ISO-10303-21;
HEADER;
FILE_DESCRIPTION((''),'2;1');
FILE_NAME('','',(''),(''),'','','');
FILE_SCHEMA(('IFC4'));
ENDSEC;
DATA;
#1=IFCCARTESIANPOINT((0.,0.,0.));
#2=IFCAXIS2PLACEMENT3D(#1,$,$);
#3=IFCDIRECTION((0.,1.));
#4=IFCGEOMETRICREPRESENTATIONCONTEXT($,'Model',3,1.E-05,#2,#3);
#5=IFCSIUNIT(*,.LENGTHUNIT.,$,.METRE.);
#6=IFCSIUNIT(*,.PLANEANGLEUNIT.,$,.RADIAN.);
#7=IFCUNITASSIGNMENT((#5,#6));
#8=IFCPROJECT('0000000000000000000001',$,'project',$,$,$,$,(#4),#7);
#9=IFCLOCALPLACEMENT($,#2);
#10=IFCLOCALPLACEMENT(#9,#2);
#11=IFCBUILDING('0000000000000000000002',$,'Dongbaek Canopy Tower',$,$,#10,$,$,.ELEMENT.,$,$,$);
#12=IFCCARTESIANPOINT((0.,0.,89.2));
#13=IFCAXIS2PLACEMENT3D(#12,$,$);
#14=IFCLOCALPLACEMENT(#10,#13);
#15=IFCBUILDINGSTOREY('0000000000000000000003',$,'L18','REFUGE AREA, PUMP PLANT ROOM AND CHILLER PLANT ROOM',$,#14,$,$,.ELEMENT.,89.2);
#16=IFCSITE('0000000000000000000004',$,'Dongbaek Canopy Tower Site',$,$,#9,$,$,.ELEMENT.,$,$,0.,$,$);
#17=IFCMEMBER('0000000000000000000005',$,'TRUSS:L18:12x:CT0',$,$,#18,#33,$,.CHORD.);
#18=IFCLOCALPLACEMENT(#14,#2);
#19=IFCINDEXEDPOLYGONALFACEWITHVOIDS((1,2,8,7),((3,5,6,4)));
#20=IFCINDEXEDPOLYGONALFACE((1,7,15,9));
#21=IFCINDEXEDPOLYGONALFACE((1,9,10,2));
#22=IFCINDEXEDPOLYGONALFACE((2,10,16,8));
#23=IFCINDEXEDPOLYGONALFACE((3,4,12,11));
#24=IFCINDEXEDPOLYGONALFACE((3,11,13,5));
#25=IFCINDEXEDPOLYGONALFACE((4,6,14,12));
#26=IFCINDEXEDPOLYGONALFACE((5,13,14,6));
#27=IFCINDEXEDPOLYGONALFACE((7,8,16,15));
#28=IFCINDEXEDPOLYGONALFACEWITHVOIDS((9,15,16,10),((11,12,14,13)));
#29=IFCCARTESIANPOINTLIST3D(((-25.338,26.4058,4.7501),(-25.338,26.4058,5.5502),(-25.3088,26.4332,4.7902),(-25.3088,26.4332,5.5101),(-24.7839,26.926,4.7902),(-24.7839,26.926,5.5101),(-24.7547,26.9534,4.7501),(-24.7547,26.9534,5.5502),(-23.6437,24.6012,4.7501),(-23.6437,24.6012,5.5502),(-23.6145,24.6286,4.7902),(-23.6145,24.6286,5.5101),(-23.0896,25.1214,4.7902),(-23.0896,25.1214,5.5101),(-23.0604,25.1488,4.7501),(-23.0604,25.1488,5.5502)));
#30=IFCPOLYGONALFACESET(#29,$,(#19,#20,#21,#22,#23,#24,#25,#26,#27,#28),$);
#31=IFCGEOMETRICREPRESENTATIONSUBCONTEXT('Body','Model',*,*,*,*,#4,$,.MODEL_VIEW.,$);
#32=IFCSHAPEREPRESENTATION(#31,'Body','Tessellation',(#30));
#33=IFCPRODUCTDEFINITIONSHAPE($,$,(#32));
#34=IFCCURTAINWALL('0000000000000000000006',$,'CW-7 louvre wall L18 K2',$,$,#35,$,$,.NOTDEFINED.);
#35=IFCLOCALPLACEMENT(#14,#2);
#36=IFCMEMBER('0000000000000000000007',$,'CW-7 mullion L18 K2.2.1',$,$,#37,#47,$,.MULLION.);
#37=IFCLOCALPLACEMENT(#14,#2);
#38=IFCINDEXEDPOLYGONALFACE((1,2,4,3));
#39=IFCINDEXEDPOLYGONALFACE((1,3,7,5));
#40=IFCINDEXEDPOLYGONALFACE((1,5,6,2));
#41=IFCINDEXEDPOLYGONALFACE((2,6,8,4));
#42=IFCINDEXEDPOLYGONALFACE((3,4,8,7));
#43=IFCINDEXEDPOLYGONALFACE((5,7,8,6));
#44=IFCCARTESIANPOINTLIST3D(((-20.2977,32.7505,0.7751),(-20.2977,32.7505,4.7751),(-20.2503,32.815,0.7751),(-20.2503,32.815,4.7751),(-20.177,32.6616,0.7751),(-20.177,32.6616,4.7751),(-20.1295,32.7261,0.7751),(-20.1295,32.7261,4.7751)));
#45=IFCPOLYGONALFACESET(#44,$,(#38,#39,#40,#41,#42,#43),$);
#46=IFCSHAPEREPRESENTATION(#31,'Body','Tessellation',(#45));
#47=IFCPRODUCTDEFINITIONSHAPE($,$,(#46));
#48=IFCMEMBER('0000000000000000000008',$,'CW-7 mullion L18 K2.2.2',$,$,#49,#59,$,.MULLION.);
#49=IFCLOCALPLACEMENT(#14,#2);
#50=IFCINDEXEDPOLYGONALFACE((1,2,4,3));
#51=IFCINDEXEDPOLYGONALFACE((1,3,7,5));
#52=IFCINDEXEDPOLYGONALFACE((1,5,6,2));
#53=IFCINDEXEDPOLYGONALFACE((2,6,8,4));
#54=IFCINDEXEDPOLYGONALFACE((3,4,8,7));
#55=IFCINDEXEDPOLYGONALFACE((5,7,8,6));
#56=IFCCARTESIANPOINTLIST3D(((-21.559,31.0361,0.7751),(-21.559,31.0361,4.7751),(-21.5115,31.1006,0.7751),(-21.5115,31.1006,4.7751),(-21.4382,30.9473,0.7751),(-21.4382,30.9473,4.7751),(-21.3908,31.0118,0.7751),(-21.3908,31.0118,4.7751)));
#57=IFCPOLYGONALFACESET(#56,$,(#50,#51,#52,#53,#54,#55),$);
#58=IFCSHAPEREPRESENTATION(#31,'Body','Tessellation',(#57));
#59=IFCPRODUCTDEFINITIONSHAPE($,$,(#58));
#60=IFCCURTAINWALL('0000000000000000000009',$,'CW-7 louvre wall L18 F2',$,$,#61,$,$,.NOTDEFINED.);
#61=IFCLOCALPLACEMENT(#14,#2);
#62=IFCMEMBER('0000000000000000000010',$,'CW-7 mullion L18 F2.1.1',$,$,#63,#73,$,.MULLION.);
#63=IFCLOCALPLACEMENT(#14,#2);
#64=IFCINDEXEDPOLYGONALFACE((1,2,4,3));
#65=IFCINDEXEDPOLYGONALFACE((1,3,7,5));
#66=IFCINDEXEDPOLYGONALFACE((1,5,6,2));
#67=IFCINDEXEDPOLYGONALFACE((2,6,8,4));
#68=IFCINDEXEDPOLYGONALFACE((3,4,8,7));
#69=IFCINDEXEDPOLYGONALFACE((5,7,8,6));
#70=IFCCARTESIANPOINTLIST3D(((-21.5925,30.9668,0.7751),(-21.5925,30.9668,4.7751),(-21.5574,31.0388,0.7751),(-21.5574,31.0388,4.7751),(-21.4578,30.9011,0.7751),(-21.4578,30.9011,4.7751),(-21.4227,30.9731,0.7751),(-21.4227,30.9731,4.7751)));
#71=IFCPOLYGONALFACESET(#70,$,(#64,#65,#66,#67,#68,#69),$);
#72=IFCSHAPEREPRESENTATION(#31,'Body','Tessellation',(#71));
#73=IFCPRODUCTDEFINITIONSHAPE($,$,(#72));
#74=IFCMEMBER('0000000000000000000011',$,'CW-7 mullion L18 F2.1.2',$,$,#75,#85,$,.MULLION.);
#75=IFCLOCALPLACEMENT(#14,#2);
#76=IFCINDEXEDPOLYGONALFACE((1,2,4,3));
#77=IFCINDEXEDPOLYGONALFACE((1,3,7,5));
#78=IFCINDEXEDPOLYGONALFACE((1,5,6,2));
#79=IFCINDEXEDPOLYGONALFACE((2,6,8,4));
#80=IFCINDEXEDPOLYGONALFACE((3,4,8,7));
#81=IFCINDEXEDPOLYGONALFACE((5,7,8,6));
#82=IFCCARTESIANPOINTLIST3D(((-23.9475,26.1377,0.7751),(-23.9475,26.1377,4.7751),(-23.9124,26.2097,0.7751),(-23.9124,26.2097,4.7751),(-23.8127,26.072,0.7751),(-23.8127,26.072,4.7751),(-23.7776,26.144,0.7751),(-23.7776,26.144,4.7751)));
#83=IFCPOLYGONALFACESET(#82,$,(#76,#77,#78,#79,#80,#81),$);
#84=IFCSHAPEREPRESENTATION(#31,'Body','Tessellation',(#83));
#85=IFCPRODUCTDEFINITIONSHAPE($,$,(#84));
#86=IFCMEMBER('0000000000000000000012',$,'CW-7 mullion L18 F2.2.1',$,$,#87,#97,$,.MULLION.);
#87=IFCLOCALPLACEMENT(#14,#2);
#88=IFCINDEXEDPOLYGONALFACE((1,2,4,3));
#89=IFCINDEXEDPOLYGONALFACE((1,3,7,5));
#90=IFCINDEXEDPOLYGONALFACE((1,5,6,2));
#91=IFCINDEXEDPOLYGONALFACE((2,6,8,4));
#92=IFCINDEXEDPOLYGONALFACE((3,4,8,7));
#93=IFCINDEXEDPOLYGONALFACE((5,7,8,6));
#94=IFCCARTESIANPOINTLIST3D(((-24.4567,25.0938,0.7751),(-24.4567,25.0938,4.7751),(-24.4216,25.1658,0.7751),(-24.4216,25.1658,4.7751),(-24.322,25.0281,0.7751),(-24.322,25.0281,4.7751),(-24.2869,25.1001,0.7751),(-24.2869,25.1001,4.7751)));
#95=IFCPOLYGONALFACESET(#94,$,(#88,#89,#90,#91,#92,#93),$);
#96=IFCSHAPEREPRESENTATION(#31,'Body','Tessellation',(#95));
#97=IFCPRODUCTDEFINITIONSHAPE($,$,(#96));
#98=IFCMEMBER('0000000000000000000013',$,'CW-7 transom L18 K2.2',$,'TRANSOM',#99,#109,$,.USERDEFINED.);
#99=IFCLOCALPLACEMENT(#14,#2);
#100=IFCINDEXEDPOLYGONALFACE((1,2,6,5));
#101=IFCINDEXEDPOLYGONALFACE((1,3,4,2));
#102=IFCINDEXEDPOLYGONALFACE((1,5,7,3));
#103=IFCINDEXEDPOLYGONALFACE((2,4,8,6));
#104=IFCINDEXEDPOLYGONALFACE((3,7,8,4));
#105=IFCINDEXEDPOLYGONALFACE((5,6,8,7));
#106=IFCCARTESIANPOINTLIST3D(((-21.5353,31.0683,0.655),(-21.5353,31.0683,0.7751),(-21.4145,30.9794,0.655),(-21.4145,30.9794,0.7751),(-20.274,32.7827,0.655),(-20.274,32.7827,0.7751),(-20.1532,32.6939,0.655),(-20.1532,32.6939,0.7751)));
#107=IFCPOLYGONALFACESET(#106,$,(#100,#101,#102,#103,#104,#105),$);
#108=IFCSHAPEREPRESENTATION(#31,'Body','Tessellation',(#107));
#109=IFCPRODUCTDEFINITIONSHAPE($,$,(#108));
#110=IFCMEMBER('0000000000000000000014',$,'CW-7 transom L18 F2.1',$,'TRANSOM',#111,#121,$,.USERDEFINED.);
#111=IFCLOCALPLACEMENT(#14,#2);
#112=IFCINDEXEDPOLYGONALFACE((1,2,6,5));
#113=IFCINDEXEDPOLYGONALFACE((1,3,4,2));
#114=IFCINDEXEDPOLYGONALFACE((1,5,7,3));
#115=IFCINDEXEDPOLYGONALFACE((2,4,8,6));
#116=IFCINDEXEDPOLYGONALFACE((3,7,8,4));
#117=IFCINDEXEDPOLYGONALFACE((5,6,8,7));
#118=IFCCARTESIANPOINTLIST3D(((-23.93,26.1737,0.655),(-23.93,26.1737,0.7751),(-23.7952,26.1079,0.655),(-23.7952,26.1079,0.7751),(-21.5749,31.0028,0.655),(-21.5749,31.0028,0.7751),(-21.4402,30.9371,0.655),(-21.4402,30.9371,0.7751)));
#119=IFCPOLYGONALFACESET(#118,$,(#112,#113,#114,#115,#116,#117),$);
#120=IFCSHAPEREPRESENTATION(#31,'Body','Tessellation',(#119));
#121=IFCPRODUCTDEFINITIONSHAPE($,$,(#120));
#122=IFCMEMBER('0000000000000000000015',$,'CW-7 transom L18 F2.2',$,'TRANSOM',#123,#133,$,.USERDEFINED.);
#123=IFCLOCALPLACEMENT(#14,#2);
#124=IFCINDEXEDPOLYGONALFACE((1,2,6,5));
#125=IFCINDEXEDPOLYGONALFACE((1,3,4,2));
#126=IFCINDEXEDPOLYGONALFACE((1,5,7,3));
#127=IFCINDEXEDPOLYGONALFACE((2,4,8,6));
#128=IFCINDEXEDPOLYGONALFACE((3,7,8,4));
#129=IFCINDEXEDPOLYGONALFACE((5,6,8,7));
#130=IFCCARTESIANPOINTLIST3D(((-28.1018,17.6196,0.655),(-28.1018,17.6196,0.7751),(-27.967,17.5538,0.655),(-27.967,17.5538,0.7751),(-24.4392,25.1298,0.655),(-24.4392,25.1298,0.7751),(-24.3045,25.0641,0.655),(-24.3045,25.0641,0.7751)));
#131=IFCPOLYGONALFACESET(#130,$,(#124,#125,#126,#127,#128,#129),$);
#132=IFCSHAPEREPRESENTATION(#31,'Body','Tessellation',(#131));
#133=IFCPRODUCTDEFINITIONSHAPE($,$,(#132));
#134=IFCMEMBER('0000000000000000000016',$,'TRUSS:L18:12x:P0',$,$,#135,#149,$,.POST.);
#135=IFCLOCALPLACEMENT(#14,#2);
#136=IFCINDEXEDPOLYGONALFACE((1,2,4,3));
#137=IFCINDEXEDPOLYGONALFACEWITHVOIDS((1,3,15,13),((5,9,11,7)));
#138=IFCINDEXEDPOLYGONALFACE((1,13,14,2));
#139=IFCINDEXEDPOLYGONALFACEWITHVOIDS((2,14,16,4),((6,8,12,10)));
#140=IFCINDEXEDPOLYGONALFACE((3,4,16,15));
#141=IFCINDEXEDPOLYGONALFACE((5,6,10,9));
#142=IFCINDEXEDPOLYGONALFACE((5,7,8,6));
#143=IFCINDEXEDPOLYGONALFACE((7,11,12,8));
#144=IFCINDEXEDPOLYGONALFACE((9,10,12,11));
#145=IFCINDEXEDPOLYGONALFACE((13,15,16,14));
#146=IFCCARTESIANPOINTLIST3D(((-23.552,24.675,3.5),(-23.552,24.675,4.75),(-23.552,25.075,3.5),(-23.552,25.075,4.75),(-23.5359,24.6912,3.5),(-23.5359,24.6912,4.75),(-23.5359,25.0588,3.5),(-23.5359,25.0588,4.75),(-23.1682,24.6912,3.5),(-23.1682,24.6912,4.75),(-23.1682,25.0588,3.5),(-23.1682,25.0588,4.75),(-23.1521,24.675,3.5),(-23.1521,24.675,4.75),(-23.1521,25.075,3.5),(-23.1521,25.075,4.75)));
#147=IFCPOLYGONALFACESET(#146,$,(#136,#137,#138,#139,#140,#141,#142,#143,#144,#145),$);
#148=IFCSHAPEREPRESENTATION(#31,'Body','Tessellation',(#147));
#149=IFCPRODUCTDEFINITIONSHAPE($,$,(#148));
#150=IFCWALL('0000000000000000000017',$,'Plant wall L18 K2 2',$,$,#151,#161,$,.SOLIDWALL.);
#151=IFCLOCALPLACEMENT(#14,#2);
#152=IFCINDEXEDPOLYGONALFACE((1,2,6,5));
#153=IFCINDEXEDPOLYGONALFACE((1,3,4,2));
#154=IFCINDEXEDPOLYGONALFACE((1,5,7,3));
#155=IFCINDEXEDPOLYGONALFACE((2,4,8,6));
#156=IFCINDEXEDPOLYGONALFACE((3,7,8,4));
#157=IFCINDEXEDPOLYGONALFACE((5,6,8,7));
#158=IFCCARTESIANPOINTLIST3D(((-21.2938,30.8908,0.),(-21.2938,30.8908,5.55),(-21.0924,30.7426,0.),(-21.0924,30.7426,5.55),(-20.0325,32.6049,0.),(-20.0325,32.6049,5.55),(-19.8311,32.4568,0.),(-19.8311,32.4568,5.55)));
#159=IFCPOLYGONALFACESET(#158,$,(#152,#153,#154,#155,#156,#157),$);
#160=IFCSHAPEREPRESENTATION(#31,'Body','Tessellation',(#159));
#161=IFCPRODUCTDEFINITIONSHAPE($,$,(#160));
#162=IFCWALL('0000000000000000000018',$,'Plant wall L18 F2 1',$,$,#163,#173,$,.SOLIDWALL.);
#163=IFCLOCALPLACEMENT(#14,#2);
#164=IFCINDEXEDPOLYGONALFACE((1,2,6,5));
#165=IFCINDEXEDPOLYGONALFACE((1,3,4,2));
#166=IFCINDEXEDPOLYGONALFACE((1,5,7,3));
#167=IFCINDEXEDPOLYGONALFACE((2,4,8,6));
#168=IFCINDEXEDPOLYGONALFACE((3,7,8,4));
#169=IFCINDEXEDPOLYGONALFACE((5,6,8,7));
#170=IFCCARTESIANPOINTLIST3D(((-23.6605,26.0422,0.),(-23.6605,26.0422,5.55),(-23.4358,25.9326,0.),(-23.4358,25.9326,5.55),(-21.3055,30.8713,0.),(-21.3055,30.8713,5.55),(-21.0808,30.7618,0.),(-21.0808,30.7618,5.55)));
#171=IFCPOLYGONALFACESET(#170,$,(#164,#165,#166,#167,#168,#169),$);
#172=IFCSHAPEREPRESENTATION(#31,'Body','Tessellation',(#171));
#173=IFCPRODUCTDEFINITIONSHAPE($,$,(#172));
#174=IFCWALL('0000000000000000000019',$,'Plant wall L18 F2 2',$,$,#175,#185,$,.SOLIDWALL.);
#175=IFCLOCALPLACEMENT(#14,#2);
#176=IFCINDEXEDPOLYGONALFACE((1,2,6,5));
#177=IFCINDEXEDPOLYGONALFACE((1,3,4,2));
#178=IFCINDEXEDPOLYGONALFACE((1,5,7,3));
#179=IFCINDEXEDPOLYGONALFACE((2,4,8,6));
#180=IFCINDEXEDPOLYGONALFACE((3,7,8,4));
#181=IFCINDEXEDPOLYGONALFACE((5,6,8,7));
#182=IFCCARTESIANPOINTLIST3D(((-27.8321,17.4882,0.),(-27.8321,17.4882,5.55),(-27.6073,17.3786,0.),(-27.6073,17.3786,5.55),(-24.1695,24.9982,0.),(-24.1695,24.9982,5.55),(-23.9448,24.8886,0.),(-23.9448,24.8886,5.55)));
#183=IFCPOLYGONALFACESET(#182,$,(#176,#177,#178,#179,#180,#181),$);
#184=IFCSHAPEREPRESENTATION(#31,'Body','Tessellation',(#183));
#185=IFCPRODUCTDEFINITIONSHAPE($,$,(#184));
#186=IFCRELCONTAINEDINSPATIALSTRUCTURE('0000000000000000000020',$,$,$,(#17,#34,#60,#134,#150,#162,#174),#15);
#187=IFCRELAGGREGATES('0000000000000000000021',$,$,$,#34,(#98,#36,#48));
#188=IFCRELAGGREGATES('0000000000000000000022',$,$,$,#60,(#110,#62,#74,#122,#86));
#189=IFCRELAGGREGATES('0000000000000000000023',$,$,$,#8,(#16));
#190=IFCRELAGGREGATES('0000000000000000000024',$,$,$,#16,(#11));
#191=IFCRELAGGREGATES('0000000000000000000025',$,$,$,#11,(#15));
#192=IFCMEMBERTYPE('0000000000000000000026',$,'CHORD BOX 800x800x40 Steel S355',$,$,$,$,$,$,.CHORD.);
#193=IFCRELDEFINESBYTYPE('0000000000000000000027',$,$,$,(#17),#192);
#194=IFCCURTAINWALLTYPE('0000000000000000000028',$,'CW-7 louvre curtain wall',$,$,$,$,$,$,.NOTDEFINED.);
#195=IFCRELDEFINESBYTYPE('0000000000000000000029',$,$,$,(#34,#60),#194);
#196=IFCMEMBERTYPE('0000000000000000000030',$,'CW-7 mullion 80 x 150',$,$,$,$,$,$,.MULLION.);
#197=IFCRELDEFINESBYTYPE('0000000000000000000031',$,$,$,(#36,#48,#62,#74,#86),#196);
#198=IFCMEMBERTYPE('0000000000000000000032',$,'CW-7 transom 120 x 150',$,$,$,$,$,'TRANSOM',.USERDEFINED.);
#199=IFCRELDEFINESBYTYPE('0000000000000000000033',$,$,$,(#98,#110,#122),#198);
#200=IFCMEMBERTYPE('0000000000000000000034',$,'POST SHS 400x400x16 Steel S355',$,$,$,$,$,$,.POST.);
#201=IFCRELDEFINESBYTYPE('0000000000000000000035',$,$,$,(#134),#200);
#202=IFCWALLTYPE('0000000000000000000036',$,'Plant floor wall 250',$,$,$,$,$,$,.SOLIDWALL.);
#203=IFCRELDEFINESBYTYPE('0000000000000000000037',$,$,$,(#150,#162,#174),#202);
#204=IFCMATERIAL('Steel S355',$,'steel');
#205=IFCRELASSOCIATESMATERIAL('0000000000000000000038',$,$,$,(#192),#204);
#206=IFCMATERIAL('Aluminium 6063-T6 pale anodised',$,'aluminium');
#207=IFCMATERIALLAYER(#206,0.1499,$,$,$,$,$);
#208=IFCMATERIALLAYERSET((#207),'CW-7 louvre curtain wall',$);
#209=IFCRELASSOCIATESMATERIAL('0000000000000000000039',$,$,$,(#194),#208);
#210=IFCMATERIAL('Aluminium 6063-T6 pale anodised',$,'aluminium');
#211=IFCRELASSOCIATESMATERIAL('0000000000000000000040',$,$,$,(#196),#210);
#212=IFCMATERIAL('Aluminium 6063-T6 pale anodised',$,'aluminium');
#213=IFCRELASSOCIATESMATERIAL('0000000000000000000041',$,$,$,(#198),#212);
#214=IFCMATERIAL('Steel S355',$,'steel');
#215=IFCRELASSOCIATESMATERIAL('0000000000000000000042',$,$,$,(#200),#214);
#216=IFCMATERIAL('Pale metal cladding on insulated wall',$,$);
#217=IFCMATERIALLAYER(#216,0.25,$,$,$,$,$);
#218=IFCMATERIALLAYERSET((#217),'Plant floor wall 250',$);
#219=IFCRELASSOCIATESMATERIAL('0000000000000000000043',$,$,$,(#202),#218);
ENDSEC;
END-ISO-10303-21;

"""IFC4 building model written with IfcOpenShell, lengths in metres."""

from ifc_helpers import new_model, si_unit, direction, frame, frame_2d, origin, origin_2d, place, context, subcontext, project, spatial, rectangle, hollow_rectangle, extrude, material, layer, layer_set, material_profile, profile_set, type_object, element, aggregate, save


model = new_model("IFC4")

# Units and contexts
model_context = context("Model", 3, precision=1e-05, world=origin(), true_north=direction((0.0, 1.0)))
body_context = subcontext(model_context, "Body", "Model", "MODEL_VIEW")
ifc_project = project(units=[si_unit("LENGTHUNIT", "METRE"), si_unit("PLANEANGLEUNIT", "RADIAN")], contexts=[model_context])

# Site, building, storey
site_placement = place(None, origin())
site = spatial("IfcSite", under=ifc_project, at=site_placement, Name="Dongbaek Canopy Tower Site", CompositionType="ELEMENT", RefElevation=0.0)
building_placement = place(site_placement, origin())
building = spatial("IfcBuilding", under=site, at=building_placement, Name="Dongbaek Canopy Tower", CompositionType="ELEMENT")
storey_placement = place(building_placement, frame((0.0, 0.0, 89.2)))
storey = spatial("IfcBuildingStorey", under=building, at=storey_placement, Name="L18", Description="REFUGE AREA, PUMP PLANT ROOM AND CHILLER PLANT ROOM", CompositionType="ELEMENT", Elevation=89.2)

# Member
ifc_material_1 = material(Name="Steel S355", Category="steel")
ifc_material_profile_1 = material_profile(ifc_material_1, hollow_rectangle(XDim=0.8, YDim=0.8, WallThickness=0.04, at=origin_2d()), Name="CHORD BOX 800x800x40 Steel S355")
ifc_profile_set_1 = profile_set([ifc_material_profile_1], Name="Steel S355")
member_type_1 = type_object("IfcMemberType", Name="CHORD BOX 800x800x40 Steel S355", PredefinedType="CHORD", material=ifc_profile_set_1)
member_1_placement = place(storey_placement, frame((-23.3521, 24.875, 5.1501), z_axis=(-0.684466, 0.729045, 0.0), x_axis=(-0.729045, -0.684466, 0.0)))
element("IfcMember", 1, at=member_1_placement, inside=storey, type_object=member_type_1, Name="TRUSS:L18:12x:CT0", PredefinedType="CHORD", context=body_context, shape_type="SweptSolid", body=[
    extrude(hollow_rectangle(XDim=0.8, YDim=0.8, WallThickness=0.04, at=origin_2d()), origin(), (0.0, 0.0, 1.0), 2.4753),
])

# Curtain walls, members
ifc_material_2 = material(Name="Aluminium 6063-T6 pale anodised", Category="aluminium")
ifc_layer_1 = layer(ifc_material_2, 0.1499)
ifc_layer_set_1 = layer_set([ifc_layer_1], Name="CW-7 louvre curtain wall")
curtain_wall_type = type_object("IfcCurtainWallType", Name="CW-7 louvre curtain wall", PredefinedType="NOTDEFINED", material=ifc_layer_set_1)
curtain_wall_1_placement = place(storey_placement, origin())
curtain_wall_1 = element("IfcCurtainWall", 2, at=curtain_wall_1_placement, inside=storey, type_object=curtain_wall_type, Name="CW-7 louvre wall L18 K2", PredefinedType="NOTDEFINED")
ifc_material_3 = material(Name="Aluminium 6063-T6 pale anodised", Category="aluminium")
ifc_material_profile_2 = material_profile(ifc_material_3, rectangle(XDim=0.1499, YDim=0.0801, at=origin_2d()), Name="CW-7 mullion 80 x 150")
ifc_profile_set_2 = profile_set([ifc_material_profile_2], Name="Aluminium 6063-T6 pale anodised")
member_type_2 = type_object("IfcMemberType", Name="CW-7 mullion 80 x 150", PredefinedType="MULLION", material=ifc_profile_set_2)
member_2_placement = place(storey_placement, frame((-20.2136, 32.7383, 0.7751), z_axis=(0.0, 0.0, 1.0), x_axis=(-0.805463, 0.592645, 0.0)))
member_2 = element("IfcMember", 3, at=member_2_placement, type_object=member_type_2, Name="CW-7 mullion L18 K2.2.1", PredefinedType="MULLION", context=body_context, shape_type="SweptSolid", body=[
    extrude(rectangle(XDim=0.1499, YDim=0.0801, at=origin_2d()), origin(), (0.0, 0.0, 1.0), 4.0),
])
member_3_placement = place(storey_placement, frame((-21.4749, 31.0239, 0.7751), z_axis=(0.0, 0.0, 1.0), x_axis=(-0.805463, 0.592645, 0.0)))
member_3 = element("IfcMember", 4, at=member_3_placement, type_object=member_type_2, Name="CW-7 mullion L18 K2.2.2", PredefinedType="MULLION", context=body_context, shape_type="SweptSolid", body=[
    extrude(rectangle(XDim=0.1499, YDim=0.0801, at=origin_2d()), origin(), (0.0, 0.0, 1.0), 4.0),
])
curtain_wall_2_placement = place(storey_placement, origin())
curtain_wall_2 = element("IfcCurtainWall", 5, at=curtain_wall_2_placement, inside=storey, type_object=curtain_wall_type, Name="CW-7 louvre wall L18 F2", PredefinedType="NOTDEFINED")
member_4_placement = place(storey_placement, frame((-21.5076, 30.97, 0.7751), z_axis=(0.0, 0.0, 1.0), x_axis=(-0.898815, 0.438328, 0.0)))
member_4 = element("IfcMember", 6, at=member_4_placement, type_object=member_type_2, Name="CW-7 mullion L18 F2.1.1", PredefinedType="MULLION", context=body_context, shape_type="SweptSolid", body=[
    extrude(rectangle(XDim=0.1499, YDim=0.0801, at=origin_2d()), origin(), (0.0, 0.0, 1.0), 4.0),
])
member_5_placement = place(storey_placement, frame((-23.8625, 26.1409, 0.7751), z_axis=(0.0, 0.0, 1.0), x_axis=(-0.898815, 0.438328, 0.0)))
member_5 = element("IfcMember", 7, at=member_5_placement, type_object=member_type_2, Name="CW-7 mullion L18 F2.1.2", PredefinedType="MULLION", context=body_context, shape_type="SweptSolid", body=[
    extrude(rectangle(XDim=0.1499, YDim=0.0801, at=origin_2d()), origin(), (0.0, 0.0, 1.0), 4.0),
])
member_6_placement = place(storey_placement, frame((-24.3718, 25.0969, 0.7751), z_axis=(0.0, 0.0, 1.0), x_axis=(-0.898815, 0.438328, 0.0)))
member_6 = element("IfcMember", 8, at=member_6_placement, type_object=member_type_2, Name="CW-7 mullion L18 F2.2.1", PredefinedType="MULLION", context=body_context, shape_type="SweptSolid", body=[
    extrude(rectangle(XDim=0.1499, YDim=0.0801, at=origin_2d()), origin(), (0.0, 0.0, 1.0), 4.0),
])

# Members
ifc_material_4 = material(Name="Aluminium 6063-T6 pale anodised", Category="aluminium")
ifc_material_profile_3 = material_profile(ifc_material_4, rectangle(XDim=0.1499, YDim=0.1201, at=origin_2d()), Name="CW-7 transom 120 x 150")
ifc_profile_set_3 = profile_set([ifc_material_profile_3], Name="Aluminium 6063-T6 pale anodised")
member_type_3 = type_object("IfcMemberType", Name="CW-7 transom 120 x 150", ElementType="TRANSOM", PredefinedType="USERDEFINED", material=ifc_profile_set_3)
member_7_placement = place(storey_placement, frame((-20.2136, 32.7383, 0.7151), z_axis=(-0.592596, -0.8055, 0.0), x_axis=(0.8055, -0.592596, 0.0)))
member_7 = element("IfcMember", 9, at=member_7_placement, type_object=member_type_3, Name="CW-7 transom L18 K2.2", ObjectType="TRANSOM", PredefinedType="USERDEFINED", context=body_context, shape_type="SweptSolid", body=[
    extrude(rectangle(XDim=0.1499, YDim=0.1201, at=origin_2d()), origin(), (0.0, 0.0, 1.0), 2.1284),
])
member_8_placement = place(storey_placement, frame((-21.5076, 30.97, 0.7151), z_axis=(-0.438322, -0.898818, 0.0), x_axis=(0.898818, -0.438322, 0.0)))
member_8 = element("IfcMember", 10, at=member_8_placement, type_object=member_type_3, Name="CW-7 transom L18 F2.1", ObjectType="TRANSOM", PredefinedType="USERDEFINED", context=body_context, shape_type="SweptSolid", body=[
    extrude(rectangle(XDim=0.1499, YDim=0.1201, at=origin_2d()), origin(), (0.0, 0.0, 1.0), 5.3728),
])
member_9_placement = place(storey_placement, frame((-24.3718, 25.0969, 0.7151), z_axis=(-0.438333, -0.898813, 0.0), x_axis=(0.898813, -0.438333, 0.0)))
member_9 = element("IfcMember", 11, at=member_9_placement, type_object=member_type_3, Name="CW-7 transom L18 F2.2", ObjectType="TRANSOM", PredefinedType="USERDEFINED", context=body_context, shape_type="SweptSolid", body=[
    extrude(rectangle(XDim=0.1499, YDim=0.1201, at=origin_2d()), origin(), (0.0, 0.0, 1.0), 8.3557),
])
ifc_material_5 = material(Name="Steel S355", Category="steel")
ifc_material_profile_4 = material_profile(ifc_material_5, hollow_rectangle(XDim=0.3999, YDim=0.3999, WallThickness=0.0161, at=origin_2d()), Name="POST SHS 400x400x16 Steel S355")
ifc_profile_set_4 = profile_set([ifc_material_profile_4], Name="Steel S355")
member_type_4 = type_object("IfcMemberType", Name="POST SHS 400x400x16 Steel S355", PredefinedType="POST", material=ifc_profile_set_4)
member_10_placement = place(storey_placement, frame((-23.3521, 24.875, 3.5), z_axis=(0.0, 0.0, 1.0), x_axis=(1.0, 0.0, 0.0)))
element("IfcMember", 12, at=member_10_placement, inside=storey, type_object=member_type_4, Name="TRUSS:L18:12x:P0", PredefinedType="POST", context=body_context, shape_type="SweptSolid", body=[
    extrude(hollow_rectangle(XDim=0.3999, YDim=0.3999, WallThickness=0.0161, at=origin_2d()), origin(), (0.0, 0.0, 1.0), 1.25),
])

# Walls
ifc_material_6 = material(Name="Pale metal cladding on insulated wall")
ifc_layer_2 = layer(ifc_material_6, 0.25)
ifc_layer_set_2 = layer_set([ifc_layer_2], Name="Plant floor wall 250")
wall_type = type_object("IfcWallType", Name="Plant floor wall 250", PredefinedType="SOLIDWALL", material=ifc_layer_set_2)
wall_1_placement = place(storey_placement, frame((-19.9319, 32.5308, 0.0), z_axis=(0.0, 0.0, 1.0), x_axis=(-0.592651, -0.805459, 0.0)))
element("IfcWall", 13, at=wall_1_placement, inside=storey, type_object=wall_type, Name="Plant wall L18 K2 2", PredefinedType="SOLIDWALL", context=body_context, shape_type="SweptSolid", body=[
    extrude(rectangle(XDim=2.1282, YDim=0.25, at=frame_2d((1.064, 0.0))), origin(), (0.0, 0.0, 1.0), 5.55),
])
wall_2_placement = place(storey_placement, frame((-21.1931, 30.8167, 0.0), z_axis=(0.0, 0.0, 1.0), x_axis=(-0.438322, -0.898818, 0.0)))
element("IfcWall", 14, at=wall_2_placement, inside=storey, type_object=wall_type, Name="Plant wall L18 F2 1", PredefinedType="SOLIDWALL", context=body_context, shape_type="SweptSolid", body=[
    extrude(rectangle(XDim=5.3728, YDim=0.25, at=frame_2d((2.6865, 0.0))), origin(), (0.0, 0.0, 1.0), 5.55),
])
wall_3_placement = place(storey_placement, frame((-24.0571, 24.9434, 0.0), z_axis=(0.0, 0.0, 1.0), x_axis=(-0.438344, -0.898807, 0.0)))
element("IfcWall", 15, at=wall_3_placement, inside=storey, type_object=wall_type, Name="Plant wall L18 F2 2", PredefinedType="SOLIDWALL", context=body_context, shape_type="SweptSolid", body=[
    extrude(rectangle(XDim=8.3555, YDim=0.25, at=frame_2d((4.1777, 0.0))), origin(), (0.0, 0.0, 1.0), 5.55),
])

aggregate(curtain_wall_1, [member_7, member_2, member_3])
aggregate(curtain_wall_2, [member_8, member_4, member_5, member_9, member_6])

save(model, "model.ifc")
